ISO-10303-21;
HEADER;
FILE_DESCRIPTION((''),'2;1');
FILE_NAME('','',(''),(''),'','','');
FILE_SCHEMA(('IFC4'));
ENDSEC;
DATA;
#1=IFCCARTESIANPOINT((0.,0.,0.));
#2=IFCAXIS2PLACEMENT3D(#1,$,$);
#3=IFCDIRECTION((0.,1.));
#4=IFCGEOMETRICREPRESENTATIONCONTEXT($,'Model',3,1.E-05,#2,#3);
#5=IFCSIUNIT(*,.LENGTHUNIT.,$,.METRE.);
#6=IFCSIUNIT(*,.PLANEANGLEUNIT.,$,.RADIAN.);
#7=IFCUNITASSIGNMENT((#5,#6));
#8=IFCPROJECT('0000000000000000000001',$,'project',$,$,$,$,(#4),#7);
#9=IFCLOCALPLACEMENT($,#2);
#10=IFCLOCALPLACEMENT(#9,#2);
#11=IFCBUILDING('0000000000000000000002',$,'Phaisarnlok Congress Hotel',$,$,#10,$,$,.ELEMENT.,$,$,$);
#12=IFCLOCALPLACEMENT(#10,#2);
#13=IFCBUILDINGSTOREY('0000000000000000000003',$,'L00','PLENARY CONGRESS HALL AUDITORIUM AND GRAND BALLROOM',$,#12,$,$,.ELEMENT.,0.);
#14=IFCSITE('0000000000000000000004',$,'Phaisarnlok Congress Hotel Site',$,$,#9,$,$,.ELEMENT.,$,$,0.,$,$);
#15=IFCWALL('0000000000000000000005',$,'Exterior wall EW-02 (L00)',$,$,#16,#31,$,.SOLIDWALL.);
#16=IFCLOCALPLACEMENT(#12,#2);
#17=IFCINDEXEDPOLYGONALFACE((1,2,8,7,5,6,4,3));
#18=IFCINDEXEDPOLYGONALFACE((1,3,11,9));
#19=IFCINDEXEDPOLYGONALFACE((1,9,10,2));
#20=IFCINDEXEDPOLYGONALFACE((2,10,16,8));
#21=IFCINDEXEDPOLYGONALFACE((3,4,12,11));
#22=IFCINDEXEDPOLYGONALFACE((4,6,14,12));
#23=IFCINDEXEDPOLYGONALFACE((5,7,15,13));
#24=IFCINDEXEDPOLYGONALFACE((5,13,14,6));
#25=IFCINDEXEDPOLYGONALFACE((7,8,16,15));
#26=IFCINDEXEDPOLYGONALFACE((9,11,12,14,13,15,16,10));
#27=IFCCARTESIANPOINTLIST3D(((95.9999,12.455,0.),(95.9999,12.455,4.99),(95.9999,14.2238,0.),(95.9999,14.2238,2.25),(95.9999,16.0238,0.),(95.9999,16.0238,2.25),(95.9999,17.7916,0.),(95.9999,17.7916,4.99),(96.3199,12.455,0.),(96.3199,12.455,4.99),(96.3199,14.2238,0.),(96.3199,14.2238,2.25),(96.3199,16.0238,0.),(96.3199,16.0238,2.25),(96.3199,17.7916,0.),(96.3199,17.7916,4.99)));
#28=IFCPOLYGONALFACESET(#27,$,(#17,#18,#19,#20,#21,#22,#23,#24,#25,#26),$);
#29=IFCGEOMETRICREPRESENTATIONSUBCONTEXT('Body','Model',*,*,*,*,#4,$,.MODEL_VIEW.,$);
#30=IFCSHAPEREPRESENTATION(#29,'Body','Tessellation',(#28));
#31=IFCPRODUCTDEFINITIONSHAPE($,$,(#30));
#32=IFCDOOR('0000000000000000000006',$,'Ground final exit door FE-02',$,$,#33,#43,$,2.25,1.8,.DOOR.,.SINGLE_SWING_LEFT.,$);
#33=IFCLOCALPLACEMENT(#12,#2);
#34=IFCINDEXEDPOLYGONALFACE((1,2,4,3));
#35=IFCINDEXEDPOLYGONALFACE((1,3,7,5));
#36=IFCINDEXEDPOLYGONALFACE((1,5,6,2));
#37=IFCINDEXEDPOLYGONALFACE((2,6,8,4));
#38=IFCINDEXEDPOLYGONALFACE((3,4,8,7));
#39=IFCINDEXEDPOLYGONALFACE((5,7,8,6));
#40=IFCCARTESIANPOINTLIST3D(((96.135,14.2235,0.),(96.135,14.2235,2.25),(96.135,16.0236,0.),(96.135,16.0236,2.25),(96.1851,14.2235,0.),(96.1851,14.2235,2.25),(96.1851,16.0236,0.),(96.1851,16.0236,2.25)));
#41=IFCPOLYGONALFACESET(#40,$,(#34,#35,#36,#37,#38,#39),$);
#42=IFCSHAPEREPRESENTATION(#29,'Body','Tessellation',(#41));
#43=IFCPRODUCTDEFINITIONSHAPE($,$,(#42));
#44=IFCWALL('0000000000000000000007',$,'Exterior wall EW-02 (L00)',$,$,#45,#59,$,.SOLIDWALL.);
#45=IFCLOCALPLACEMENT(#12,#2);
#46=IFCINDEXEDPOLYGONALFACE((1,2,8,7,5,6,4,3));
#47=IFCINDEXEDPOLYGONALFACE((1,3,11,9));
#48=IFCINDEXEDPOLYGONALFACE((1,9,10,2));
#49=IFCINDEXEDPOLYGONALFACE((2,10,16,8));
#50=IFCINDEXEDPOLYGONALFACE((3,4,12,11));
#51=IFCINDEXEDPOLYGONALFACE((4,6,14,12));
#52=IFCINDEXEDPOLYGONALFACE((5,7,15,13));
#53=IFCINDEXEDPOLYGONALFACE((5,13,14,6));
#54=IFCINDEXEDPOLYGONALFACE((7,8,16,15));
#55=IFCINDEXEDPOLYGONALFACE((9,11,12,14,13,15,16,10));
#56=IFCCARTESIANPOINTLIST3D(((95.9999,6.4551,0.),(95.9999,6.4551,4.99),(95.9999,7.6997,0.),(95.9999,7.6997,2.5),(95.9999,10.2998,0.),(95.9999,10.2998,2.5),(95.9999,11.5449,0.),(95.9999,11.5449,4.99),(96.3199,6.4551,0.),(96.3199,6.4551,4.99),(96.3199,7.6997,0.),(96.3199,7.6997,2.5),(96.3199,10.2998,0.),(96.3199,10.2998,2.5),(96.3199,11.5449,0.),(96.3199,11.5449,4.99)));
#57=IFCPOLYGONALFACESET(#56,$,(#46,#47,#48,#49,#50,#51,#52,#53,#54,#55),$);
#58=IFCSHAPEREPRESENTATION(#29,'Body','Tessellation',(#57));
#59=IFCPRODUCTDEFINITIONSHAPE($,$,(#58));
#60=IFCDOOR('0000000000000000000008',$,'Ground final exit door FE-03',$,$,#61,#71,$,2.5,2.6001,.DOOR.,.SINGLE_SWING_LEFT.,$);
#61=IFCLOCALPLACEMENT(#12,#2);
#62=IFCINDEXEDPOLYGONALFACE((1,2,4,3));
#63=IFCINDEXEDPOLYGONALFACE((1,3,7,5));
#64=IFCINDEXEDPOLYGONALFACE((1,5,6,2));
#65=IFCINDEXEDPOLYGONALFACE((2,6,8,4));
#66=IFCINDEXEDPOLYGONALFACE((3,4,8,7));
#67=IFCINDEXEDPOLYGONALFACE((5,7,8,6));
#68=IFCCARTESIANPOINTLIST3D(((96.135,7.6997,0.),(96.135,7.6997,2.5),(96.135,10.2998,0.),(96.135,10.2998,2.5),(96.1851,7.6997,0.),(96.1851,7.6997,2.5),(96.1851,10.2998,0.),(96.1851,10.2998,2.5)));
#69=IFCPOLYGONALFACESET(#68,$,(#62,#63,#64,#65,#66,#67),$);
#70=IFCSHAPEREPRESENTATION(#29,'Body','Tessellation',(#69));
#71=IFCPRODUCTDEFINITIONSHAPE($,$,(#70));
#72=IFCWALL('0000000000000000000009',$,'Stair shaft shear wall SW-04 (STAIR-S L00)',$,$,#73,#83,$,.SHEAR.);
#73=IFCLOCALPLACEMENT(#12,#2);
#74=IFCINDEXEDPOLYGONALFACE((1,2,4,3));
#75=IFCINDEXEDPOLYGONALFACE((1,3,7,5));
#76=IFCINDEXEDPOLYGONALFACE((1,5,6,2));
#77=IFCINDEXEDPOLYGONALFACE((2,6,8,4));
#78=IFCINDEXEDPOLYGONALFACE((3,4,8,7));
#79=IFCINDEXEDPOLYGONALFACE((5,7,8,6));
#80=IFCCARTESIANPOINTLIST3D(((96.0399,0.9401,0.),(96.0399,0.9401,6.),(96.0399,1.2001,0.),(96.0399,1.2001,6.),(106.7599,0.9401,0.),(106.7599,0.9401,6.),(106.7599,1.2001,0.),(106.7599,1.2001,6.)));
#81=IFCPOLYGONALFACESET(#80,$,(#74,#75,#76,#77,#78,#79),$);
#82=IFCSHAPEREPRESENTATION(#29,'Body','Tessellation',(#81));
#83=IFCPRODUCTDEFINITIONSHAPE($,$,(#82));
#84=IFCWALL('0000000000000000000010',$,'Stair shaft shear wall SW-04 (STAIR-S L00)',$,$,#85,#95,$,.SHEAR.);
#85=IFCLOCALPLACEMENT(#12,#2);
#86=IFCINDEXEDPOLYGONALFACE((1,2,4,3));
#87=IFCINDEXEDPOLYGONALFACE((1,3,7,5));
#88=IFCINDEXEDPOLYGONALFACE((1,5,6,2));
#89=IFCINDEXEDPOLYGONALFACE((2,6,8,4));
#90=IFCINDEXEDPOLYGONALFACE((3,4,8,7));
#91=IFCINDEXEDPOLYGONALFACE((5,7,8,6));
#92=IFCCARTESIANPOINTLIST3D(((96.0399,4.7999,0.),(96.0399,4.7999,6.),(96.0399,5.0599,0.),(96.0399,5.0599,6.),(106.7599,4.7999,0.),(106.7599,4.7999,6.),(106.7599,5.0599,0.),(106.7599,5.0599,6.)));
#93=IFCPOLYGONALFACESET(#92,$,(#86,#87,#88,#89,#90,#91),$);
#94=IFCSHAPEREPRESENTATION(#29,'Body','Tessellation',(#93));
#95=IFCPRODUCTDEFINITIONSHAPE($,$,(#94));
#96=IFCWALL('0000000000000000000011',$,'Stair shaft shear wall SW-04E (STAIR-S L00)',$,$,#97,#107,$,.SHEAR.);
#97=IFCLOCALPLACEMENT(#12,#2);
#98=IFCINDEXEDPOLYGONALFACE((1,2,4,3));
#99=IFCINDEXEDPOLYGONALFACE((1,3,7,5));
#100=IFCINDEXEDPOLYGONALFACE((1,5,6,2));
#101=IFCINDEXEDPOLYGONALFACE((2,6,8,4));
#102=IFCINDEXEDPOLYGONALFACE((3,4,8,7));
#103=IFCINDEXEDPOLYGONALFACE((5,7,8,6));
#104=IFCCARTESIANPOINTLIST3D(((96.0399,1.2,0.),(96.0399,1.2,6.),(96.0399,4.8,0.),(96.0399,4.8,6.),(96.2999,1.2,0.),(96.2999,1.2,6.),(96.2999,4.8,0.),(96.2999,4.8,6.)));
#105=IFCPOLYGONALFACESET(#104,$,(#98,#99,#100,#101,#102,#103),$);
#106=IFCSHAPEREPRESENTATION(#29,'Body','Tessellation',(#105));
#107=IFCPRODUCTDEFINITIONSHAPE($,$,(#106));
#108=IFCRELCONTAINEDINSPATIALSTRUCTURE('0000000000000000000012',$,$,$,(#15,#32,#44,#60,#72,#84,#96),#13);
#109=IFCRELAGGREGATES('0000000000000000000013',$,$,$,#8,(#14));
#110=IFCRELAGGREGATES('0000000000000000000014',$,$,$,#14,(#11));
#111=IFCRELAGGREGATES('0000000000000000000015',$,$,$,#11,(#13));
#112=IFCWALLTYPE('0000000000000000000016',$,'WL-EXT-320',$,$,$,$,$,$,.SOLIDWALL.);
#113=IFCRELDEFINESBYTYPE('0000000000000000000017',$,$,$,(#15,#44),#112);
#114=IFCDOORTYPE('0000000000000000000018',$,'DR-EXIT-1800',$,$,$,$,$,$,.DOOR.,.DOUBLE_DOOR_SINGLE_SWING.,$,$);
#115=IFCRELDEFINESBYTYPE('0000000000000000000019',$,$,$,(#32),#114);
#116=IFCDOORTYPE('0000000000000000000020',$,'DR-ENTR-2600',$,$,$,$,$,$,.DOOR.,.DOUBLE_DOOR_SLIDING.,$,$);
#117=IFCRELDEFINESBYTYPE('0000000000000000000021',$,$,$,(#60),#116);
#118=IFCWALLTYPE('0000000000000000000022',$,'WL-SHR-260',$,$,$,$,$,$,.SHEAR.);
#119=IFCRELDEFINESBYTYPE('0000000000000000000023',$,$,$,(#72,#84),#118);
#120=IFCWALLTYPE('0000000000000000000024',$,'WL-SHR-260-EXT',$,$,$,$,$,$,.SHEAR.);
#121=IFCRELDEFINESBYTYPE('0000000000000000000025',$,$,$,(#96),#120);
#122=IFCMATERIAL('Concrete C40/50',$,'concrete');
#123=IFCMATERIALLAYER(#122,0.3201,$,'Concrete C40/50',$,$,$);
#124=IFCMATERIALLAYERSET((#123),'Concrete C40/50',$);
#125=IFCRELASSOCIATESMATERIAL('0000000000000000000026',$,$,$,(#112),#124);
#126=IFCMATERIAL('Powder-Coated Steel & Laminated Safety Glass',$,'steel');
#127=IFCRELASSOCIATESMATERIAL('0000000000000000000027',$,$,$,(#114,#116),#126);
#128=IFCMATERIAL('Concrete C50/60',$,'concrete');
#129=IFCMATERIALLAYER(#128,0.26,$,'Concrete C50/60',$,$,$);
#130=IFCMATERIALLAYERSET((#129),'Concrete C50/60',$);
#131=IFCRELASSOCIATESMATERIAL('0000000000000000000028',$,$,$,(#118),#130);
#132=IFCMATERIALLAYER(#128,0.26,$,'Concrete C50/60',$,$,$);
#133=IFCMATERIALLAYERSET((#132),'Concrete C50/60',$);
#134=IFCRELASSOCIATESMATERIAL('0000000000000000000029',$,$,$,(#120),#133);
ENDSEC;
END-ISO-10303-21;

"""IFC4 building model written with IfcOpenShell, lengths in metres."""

from ifc_helpers import new_model, si_unit, direction, frame, frame_2d, origin, place, context, subcontext, project, spatial, rectangle, extrude, material, layer, layer_set, type_object, element, fill, save


model = new_model("IFC4")

# Units and contexts
model_context = context("Model", 3, precision=1e-05, world=origin(), true_north=direction((0.0, 1.0)))
body_context = subcontext(model_context, "Body", "Model", "MODEL_VIEW")
ifc_project = project(units=[si_unit("LENGTHUNIT", "METRE"), si_unit("PLANEANGLEUNIT", "RADIAN")], contexts=[model_context])

# Site, building, storey
site_placement = place(None, origin())
site = spatial("IfcSite", under=ifc_project, at=site_placement, Name="Phaisarnlok Congress Hotel Site", CompositionType="ELEMENT", RefElevation=0.0)
building_placement = place(site_placement, origin())
building = spatial("IfcBuilding", under=site, at=building_placement, Name="Phaisarnlok Congress Hotel", CompositionType="ELEMENT")
storey_placement = place(building_placement, origin())
storey = spatial("IfcBuildingStorey", under=building, at=storey_placement, Name="L00", Description="PLENARY CONGRESS HALL AUDITORIUM AND GRAND BALLROOM", CompositionType="ELEMENT", Elevation=0.0)

# Shared definitions
ifc_material_1 = material(Name="Concrete C50/60", Category="concrete")

# Shared definitions
ifc_material_2 = material(Name="Concrete C40/50", Category="concrete")

# Walls, openings, doors
ifc_layer_1 = layer(ifc_material_2, 0.3201, Name="Concrete C40/50")
ifc_layer_set_1 = layer_set([ifc_layer_1], Name="Concrete C40/50")
wall_type_1 = type_object("IfcWallType", Name="WL-EXT-320", PredefinedType="SOLIDWALL", material=ifc_layer_set_1)
wall_1_placement = place(storey_placement, frame((96.1599, 17.7917, 0.0), z_axis=(0.0, 0.0, 1.0), x_axis=(0.0, -1.0, 0.0)))
wall_1 = element("IfcWall", 1, at=wall_1_placement, inside=storey, type_object=wall_type_1, Name="Exterior wall EW-02 (L00)", PredefinedType="SOLIDWALL", context=body_context, shape_type="SweptSolid", body=[
    extrude(rectangle(XDim=5.3367, YDim=0.3201, at=frame_2d((2.6685, 0.0))), origin(), (0.0, 0.0, 1.0), 4.99),
])
opening_1_placement = place(wall_1_placement, frame((1.7681, 0.0, 0.0)))
opening_1 = element("IfcOpeningElement", 2, at=opening_1_placement, cuts=wall_1, PredefinedType="OPENING", context=body_context, shape_type="SweptSolid", body=[
    extrude(rectangle(XDim=1.8, YDim=2.25, at=frame_2d((0.8999, 1.125))), frame((0.0, 0.1699, 0.0), z_axis=(0.0, -1.0, 0.0), x_axis=(1.0, 0.0, 0.0)), (0.0, 0.0, 1.0), 0.3401),
])
ifc_material_3 = material(Name="Powder-Coated Steel & Laminated Safety Glass", Category="steel")
door_type_1 = type_object("IfcDoorType", Name="DR-EXIT-1800", OperationType="DOUBLE_DOOR_SINGLE_SWING", PredefinedType="DOOR", material=ifc_material_3)
door_1_placement = place(opening_1_placement, frame((1.8, 0.0, 0.0), z_axis=(0.0, 0.0, 1.0), x_axis=(-1.0, 0.0, 0.0)))
door_1 = element("IfcDoor", 3, at=door_1_placement, inside=storey, type_object=door_type_1, Name="Ground final exit door FE-02", OperationType="SINGLE_SWING_LEFT", OverallHeight=2.25, OverallWidth=1.8, PredefinedType="DOOR", context=body_context, shape_type="SweptSolid", body=[
    extrude(rectangle(XDim=1.8, YDim=2.25, at=frame_2d((0.8999, 1.125))), frame((0.0, 0.0249, 0.0), z_axis=(0.0, -1.0, 0.0), x_axis=(1.0, 0.0, 0.0)), (0.0, 0.0, 1.0), 0.05),
])
fill(opening_1, door_1)
wall_2_placement = place(storey_placement, frame((96.1599, 11.5449, 0.0), z_axis=(0.0, 0.0, 1.0), x_axis=(0.0, -1.0, 0.0)))
wall_2 = element("IfcWall", 4, at=wall_2_placement, inside=storey, type_object=wall_type_1, Name="Exterior wall EW-02 (L00)", PredefinedType="SOLIDWALL", context=body_context, shape_type="SweptSolid", body=[
    extrude(rectangle(XDim=5.0898, YDim=0.3201, at=frame_2d((2.5449, 0.0))), origin(), (0.0, 0.0, 1.0), 4.99),
])
opening_2_placement = place(wall_2_placement, frame((1.2451, 0.0, 0.0)))
opening_2 = element("IfcOpeningElement", 5, at=opening_2_placement, cuts=wall_2, PredefinedType="OPENING", context=body_context, shape_type="SweptSolid", body=[
    extrude(rectangle(XDim=2.6001, YDim=2.5, at=frame_2d((1.3, 1.25))), frame((0.0, 0.1699, 0.0), z_axis=(0.0, -1.0, 0.0), x_axis=(1.0, 0.0, 0.0)), (0.0, 0.0, 1.0), 0.3401),
])
door_type_2 = type_object("IfcDoorType", Name="DR-ENTR-2600", OperationType="DOUBLE_DOOR_SLIDING", PredefinedType="DOOR", material=ifc_material_3)
door_2_placement = place(opening_2_placement, frame((2.6001, 0.0, 0.0), z_axis=(0.0, 0.0, 1.0), x_axis=(-1.0, 0.0, 0.0)))
door_2 = element("IfcDoor", 6, at=door_2_placement, inside=storey, type_object=door_type_2, Name="Ground final exit door FE-03", OperationType="SINGLE_SWING_LEFT", OverallHeight=2.5, OverallWidth=2.6001, PredefinedType="DOOR", context=body_context, shape_type="SweptSolid", body=[
    extrude(rectangle(XDim=2.6001, YDim=2.5, at=frame_2d((1.3, 1.25))), frame((0.0, 0.0249, 0.0), z_axis=(0.0, -1.0, 0.0), x_axis=(1.0, 0.0, 0.0)), (0.0, 0.0, 1.0), 0.05),
])
fill(opening_2, door_2)

# Walls
ifc_layer_2 = layer(ifc_material_1, 0.26, Name="Concrete C50/60")
ifc_layer_set_2 = layer_set([ifc_layer_2], Name="Concrete C50/60")
wall_type_2 = type_object("IfcWallType", Name="WL-SHR-260", PredefinedType="SHEAR", material=ifc_layer_set_2)
for number, where, z_axis, x_axis, name in (
    (7, (96.04, 1.0701, 0.0), (0.0, 0.0, 1.0), (1.0, 0.0, 0.0), "Stair shaft shear wall SW-04 (STAIR-S L00)"),
    (8, (96.04, 4.9299, 0.0), (0.0, 0.0, 1.0), (1.0, 0.0, 0.0), "Stair shaft shear wall SW-04 (STAIR-S L00)"),
):
    element("IfcWall", number, at=place(storey_placement, frame(where, z_axis=z_axis, x_axis=x_axis)), inside=storey, type_object=wall_type_2, Name=name, PredefinedType="SHEAR", context=body_context, shape_type="SweptSolid", body=[
        extrude(rectangle(XDim=10.72, YDim=0.26, at=frame_2d((5.3599, 0.0))), origin(), (0.0, 0.0, 1.0), 6.0),
    ])
ifc_layer_3 = layer(ifc_material_1, 0.26, Name="Concrete C50/60")
ifc_layer_set_3 = layer_set([ifc_layer_3], Name="Concrete C50/60")
wall_type_3 = type_object("IfcWallType", Name="WL-SHR-260-EXT", PredefinedType="SHEAR", material=ifc_layer_set_3)
wall_3_placement = place(storey_placement, frame((96.1699, 1.2, 0.0), z_axis=(0.0, 0.0, 1.0), x_axis=(0.0, 1.0, 0.0)))
element("IfcWall", 9, at=wall_3_placement, inside=storey, type_object=wall_type_3, Name="Stair shaft shear wall SW-04E (STAIR-S L00)", PredefinedType="SHEAR", context=body_context, shape_type="SweptSolid", body=[
    extrude(rectangle(XDim=3.6001, YDim=0.26, at=frame_2d((1.8, 0.0))), origin(), (0.0, 0.0, 1.0), 6.0),
])

save(model, "model.ifc")
